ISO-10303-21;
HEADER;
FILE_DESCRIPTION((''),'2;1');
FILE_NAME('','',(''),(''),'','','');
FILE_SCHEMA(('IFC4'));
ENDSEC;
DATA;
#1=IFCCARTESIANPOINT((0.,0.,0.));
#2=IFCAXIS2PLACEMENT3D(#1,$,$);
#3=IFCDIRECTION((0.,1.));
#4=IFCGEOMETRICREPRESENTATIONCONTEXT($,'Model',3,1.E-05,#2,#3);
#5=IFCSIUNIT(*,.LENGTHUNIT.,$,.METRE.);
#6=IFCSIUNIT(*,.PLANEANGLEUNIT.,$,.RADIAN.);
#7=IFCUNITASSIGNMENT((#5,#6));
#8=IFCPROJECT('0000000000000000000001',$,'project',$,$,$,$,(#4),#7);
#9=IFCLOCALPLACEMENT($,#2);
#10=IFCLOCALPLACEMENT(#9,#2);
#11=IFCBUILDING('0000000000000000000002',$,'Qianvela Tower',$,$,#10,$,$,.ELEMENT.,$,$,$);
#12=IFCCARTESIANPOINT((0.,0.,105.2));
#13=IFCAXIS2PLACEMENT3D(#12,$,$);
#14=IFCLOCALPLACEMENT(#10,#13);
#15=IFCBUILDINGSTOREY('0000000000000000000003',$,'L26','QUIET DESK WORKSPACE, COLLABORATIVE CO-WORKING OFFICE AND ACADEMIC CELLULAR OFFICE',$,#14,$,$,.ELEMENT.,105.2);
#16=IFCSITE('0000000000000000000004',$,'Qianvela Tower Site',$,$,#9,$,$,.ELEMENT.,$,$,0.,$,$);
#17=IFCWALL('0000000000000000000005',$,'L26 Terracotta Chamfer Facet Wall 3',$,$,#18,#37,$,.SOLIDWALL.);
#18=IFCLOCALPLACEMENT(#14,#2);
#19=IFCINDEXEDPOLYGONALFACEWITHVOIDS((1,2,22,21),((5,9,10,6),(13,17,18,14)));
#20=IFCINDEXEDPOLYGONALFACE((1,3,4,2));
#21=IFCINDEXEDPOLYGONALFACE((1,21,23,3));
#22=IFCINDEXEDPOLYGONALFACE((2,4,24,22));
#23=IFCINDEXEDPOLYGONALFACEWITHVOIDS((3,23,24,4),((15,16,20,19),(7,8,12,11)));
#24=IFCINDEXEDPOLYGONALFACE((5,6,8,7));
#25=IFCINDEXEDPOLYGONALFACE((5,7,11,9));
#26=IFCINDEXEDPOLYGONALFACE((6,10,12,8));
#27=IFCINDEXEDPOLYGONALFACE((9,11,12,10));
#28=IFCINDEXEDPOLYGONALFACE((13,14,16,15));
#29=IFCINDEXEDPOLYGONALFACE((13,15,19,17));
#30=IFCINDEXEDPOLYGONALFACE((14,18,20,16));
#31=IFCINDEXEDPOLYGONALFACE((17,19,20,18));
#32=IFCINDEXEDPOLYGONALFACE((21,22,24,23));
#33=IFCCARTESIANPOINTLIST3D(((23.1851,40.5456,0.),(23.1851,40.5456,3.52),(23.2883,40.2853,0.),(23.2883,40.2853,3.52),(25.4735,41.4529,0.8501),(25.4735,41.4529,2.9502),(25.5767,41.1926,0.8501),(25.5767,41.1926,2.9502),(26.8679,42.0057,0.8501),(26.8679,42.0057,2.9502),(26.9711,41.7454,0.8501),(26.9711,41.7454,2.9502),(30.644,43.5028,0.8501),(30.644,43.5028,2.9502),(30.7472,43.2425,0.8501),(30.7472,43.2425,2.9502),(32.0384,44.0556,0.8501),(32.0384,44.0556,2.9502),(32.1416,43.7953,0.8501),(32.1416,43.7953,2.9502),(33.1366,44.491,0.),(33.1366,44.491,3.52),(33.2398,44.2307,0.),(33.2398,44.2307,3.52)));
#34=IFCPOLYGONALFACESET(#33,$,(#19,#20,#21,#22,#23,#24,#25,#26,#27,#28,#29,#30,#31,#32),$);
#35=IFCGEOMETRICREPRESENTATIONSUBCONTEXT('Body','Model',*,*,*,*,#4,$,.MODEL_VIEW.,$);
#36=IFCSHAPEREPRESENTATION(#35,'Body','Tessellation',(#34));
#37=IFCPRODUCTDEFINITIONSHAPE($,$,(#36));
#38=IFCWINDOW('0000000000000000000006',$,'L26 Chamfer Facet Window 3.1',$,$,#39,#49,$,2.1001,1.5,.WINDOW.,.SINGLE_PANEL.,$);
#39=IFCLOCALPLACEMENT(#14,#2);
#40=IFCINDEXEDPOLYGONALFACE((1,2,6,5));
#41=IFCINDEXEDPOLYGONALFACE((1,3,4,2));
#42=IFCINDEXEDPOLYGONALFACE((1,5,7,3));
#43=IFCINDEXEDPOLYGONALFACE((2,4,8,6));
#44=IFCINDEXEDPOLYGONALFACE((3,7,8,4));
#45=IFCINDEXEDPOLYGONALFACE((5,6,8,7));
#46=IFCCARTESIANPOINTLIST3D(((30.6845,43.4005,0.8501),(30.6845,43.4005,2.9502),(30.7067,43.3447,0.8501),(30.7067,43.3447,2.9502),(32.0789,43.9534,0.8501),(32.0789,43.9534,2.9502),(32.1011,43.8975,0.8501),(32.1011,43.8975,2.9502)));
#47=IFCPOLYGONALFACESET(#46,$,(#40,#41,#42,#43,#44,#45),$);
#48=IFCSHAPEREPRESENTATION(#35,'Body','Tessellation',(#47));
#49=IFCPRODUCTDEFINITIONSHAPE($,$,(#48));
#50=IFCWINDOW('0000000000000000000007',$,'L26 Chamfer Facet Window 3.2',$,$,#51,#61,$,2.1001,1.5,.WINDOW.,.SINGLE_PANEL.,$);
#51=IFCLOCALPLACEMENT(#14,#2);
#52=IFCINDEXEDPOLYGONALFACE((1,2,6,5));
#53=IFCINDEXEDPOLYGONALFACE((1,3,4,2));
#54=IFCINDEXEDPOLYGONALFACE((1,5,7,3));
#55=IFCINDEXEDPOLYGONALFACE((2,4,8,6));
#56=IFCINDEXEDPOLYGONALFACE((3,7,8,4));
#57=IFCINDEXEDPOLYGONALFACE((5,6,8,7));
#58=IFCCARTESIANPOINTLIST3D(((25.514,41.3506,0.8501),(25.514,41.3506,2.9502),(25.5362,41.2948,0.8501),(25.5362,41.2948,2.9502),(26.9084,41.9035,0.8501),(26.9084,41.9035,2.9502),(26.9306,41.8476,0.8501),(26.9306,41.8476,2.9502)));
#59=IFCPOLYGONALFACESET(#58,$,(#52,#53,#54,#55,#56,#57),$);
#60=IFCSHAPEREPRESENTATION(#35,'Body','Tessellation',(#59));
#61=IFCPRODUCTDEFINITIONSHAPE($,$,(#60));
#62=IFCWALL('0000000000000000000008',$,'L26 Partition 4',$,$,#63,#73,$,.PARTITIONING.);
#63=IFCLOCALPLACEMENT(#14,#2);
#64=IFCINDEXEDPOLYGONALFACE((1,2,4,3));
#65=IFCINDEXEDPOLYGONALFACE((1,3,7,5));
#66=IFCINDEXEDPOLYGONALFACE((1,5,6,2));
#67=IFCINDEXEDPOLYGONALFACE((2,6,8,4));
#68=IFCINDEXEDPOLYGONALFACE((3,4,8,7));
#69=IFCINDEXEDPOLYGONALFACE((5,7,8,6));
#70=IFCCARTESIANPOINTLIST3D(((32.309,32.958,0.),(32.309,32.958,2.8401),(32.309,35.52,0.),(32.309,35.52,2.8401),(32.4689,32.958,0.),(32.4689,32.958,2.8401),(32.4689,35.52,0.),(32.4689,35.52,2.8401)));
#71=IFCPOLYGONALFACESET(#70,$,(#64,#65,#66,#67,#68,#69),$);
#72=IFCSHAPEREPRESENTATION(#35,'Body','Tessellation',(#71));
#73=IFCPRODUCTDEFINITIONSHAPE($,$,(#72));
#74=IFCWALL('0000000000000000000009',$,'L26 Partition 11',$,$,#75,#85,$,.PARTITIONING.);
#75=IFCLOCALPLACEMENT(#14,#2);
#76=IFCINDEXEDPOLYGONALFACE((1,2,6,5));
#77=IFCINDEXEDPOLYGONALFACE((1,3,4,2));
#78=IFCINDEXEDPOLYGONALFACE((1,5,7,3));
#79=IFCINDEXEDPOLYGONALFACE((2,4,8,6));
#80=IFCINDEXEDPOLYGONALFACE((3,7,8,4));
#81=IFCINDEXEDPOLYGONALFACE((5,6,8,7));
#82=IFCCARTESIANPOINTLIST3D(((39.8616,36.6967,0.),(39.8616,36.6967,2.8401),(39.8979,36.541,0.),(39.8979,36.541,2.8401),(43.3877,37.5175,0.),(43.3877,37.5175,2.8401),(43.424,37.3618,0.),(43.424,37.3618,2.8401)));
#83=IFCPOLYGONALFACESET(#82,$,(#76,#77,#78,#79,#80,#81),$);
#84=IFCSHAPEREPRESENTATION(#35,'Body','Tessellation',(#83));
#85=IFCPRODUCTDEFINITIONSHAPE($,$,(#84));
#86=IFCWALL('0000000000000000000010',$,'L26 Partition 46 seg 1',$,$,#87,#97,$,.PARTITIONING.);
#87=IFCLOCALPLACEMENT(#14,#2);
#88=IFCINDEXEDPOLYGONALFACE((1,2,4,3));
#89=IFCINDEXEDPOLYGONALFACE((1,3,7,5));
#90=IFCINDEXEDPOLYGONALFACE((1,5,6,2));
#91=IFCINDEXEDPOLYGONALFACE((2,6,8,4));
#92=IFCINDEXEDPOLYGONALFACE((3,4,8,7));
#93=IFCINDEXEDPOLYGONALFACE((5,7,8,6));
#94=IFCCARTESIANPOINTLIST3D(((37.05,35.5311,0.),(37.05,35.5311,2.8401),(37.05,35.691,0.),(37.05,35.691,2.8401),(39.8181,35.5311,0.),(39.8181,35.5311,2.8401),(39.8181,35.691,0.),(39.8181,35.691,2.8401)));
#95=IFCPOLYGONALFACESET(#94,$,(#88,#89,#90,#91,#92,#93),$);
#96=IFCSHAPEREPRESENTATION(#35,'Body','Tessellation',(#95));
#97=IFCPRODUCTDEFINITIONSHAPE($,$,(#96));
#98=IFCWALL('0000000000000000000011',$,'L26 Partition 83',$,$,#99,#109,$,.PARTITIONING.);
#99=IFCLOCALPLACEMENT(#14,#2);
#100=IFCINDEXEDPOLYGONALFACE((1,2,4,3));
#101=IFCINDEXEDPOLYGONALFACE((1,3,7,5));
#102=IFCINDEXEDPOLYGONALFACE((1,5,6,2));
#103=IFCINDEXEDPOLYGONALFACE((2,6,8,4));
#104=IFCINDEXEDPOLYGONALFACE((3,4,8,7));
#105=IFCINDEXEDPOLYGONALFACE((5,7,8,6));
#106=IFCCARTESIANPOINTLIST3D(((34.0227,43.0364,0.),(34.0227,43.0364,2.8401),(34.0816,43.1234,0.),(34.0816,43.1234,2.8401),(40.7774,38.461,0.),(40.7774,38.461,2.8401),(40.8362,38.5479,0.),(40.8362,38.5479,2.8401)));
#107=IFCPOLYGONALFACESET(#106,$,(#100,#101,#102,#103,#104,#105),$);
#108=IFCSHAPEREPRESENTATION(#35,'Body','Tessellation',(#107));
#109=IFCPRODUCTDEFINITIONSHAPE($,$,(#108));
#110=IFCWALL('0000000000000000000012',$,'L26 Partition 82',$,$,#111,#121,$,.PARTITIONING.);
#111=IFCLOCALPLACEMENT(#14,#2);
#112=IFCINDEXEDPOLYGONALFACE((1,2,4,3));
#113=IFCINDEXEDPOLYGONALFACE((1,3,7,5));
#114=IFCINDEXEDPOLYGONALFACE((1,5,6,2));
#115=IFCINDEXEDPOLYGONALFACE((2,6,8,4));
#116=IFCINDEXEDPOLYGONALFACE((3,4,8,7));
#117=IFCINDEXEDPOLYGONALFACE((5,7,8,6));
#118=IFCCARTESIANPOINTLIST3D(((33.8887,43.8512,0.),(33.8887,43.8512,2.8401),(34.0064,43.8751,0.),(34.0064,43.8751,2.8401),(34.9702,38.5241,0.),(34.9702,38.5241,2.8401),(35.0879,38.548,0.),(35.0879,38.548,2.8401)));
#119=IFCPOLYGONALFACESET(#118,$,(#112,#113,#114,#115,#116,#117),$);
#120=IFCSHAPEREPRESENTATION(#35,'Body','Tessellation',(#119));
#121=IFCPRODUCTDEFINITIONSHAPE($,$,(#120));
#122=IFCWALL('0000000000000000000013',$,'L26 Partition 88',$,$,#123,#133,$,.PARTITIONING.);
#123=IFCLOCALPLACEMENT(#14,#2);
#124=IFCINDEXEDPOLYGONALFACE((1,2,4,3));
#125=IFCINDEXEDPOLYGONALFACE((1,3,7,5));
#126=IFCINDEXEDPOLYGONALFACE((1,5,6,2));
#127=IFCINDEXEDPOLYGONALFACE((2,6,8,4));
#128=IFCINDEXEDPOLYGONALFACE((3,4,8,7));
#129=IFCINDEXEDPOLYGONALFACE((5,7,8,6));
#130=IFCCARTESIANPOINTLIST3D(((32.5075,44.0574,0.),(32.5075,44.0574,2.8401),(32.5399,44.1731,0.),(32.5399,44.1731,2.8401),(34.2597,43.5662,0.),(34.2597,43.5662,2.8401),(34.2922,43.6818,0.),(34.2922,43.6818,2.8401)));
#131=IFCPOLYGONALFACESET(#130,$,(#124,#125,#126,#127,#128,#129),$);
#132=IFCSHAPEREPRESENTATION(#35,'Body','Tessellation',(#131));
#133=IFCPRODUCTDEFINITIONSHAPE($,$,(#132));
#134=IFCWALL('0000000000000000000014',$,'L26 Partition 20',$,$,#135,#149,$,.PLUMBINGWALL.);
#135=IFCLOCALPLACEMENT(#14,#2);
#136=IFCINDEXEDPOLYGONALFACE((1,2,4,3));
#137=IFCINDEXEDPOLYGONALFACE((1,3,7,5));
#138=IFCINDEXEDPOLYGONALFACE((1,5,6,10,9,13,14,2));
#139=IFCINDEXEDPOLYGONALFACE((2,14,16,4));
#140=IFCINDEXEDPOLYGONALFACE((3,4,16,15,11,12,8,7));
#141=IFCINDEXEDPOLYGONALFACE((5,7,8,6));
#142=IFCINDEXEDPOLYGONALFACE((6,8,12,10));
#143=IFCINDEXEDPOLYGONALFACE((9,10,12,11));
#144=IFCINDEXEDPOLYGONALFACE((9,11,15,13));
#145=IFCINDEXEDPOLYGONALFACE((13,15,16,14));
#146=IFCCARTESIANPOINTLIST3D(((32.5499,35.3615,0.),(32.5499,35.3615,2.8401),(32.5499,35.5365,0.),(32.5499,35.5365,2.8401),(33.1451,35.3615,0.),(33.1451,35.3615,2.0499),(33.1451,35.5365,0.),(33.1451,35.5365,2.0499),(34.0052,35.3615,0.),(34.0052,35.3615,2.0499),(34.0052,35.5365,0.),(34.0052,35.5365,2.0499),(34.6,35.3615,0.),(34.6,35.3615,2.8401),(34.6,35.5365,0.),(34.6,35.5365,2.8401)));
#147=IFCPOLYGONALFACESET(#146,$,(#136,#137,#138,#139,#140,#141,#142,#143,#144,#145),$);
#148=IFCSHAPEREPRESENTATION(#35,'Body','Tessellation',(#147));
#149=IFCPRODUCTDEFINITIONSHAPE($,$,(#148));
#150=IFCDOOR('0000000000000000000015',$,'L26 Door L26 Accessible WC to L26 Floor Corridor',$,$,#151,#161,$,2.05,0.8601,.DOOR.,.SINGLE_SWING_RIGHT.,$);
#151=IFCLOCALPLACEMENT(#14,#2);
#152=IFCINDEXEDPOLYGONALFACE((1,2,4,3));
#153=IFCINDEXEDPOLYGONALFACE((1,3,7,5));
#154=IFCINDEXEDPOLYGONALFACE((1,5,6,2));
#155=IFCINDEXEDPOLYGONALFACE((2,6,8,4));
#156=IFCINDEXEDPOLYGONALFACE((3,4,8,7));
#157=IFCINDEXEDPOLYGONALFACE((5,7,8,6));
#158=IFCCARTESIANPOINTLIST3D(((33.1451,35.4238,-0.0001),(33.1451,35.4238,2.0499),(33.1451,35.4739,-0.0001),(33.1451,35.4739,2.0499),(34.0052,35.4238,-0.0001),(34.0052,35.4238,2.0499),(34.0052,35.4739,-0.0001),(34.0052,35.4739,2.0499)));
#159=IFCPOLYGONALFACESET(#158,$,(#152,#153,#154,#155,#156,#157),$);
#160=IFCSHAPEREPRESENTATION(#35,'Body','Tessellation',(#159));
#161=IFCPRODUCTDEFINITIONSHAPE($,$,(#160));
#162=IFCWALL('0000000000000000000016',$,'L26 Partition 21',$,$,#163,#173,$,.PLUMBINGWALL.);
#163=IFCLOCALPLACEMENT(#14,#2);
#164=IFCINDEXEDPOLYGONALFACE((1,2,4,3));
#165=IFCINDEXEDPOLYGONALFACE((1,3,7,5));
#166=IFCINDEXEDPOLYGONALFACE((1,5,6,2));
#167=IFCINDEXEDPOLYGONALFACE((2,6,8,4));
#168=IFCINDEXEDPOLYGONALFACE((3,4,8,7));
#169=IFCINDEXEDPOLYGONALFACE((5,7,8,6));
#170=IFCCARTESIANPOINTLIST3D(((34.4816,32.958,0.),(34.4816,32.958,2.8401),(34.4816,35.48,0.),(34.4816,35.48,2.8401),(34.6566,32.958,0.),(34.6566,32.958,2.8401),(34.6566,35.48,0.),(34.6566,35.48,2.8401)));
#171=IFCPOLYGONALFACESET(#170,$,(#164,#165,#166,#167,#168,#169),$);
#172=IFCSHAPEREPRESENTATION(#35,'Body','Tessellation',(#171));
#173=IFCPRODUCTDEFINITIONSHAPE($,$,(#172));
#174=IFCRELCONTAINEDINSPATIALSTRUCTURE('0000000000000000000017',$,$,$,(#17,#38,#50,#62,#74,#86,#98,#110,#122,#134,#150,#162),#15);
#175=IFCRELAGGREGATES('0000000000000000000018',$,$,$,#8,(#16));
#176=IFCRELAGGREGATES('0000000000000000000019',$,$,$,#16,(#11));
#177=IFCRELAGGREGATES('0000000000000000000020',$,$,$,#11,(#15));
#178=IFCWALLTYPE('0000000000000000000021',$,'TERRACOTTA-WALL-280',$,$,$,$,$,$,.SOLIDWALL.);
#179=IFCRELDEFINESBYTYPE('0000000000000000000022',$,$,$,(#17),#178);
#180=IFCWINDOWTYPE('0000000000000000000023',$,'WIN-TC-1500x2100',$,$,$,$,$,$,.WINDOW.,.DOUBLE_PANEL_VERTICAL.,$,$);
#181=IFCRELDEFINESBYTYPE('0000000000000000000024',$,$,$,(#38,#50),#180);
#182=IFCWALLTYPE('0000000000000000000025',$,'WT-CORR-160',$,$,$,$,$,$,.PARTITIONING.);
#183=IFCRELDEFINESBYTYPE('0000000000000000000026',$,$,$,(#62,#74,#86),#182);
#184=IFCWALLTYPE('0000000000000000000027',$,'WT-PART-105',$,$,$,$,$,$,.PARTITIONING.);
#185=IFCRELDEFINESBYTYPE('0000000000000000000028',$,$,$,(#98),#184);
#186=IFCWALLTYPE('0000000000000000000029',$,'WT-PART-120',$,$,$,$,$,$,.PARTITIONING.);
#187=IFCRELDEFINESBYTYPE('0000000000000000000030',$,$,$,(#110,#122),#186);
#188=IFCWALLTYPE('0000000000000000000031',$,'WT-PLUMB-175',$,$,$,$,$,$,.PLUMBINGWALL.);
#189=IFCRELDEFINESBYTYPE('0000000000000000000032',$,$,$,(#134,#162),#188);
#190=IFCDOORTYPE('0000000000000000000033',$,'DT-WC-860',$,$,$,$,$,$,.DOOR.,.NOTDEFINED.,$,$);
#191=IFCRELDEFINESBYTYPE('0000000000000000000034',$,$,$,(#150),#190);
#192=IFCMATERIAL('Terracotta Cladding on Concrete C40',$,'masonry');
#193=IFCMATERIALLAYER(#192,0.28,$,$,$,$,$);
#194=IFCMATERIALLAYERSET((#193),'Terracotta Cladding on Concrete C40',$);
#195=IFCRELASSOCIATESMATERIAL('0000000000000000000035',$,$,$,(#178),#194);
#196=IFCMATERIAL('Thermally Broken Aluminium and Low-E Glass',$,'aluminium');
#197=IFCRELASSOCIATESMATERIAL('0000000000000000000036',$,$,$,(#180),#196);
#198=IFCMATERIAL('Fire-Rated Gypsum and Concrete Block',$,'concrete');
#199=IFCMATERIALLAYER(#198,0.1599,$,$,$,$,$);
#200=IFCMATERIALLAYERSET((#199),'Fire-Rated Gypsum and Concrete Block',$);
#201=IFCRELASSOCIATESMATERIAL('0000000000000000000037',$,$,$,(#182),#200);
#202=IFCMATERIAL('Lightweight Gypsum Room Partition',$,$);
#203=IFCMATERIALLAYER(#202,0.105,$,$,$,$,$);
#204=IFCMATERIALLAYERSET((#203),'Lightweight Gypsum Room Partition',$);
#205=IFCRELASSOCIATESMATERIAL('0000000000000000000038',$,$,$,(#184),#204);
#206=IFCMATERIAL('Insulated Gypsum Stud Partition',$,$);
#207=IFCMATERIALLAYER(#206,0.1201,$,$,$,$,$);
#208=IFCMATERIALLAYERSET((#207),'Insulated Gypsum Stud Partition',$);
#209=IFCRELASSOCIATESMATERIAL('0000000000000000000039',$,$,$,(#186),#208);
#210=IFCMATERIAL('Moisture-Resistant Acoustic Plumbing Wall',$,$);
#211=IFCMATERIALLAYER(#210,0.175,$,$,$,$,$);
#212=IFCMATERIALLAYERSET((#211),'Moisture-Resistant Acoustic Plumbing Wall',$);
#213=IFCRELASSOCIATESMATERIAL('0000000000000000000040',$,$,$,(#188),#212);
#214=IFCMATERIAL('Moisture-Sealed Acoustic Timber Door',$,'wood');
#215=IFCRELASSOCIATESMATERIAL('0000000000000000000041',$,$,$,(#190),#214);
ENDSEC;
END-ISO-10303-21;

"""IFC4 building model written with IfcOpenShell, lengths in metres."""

from ifc_helpers import new_model, si_unit, direction, frame, frame_2d, origin, place, context, subcontext, project, spatial, rectangle, extrude, material, layer, layer_set, type_object, element, fill, save


model = new_model("IFC4")

# Units and contexts
model_context = context("Model", 3, precision=1e-05, world=origin(), true_north=direction((0.0, 1.0)))
body_context = subcontext(model_context, "Body", "Model", "MODEL_VIEW")
ifc_project = project(units=[si_unit("LENGTHUNIT", "METRE"), si_unit("PLANEANGLEUNIT", "RADIAN")], contexts=[model_context])

# Site, building, storey
site_placement = place(None, origin())
site = spatial("IfcSite", under=ifc_project, at=site_placement, Name="Qianvela Tower Site", CompositionType="ELEMENT", RefElevation=0.0)
building_placement = place(site_placement, origin())
building = spatial("IfcBuilding", under=site, at=building_placement, Name="Qianvela Tower", CompositionType="ELEMENT")
storey_placement = place(building_placement, frame((0.0, 0.0, 105.2)))
storey = spatial("IfcBuildingStorey", under=building, at=storey_placement, Name="L26", Description="QUIET DESK WORKSPACE, COLLABORATIVE CO-WORKING OFFICE AND ACADEMIC CELLULAR OFFICE", CompositionType="ELEMENT", Elevation=105.2)

# Wall, openings, windows
ifc_material_1 = material(Name="Terracotta Cladding on Concrete C40", Category="masonry")
ifc_layer_1 = layer(ifc_material_1, 0.28)
ifc_layer_set_1 = layer_set([ifc_layer_1], Name="Terracotta Cladding on Concrete C40")
wall_type_1 = type_object("IfcWallType", Name="TERRACOTTA-WALL-280", PredefinedType="SOLIDWALL", material=ifc_layer_set_1)
wall_1_placement = place(storey_placement, frame((33.1882, 44.3608, 0.0), z_axis=(0.0, 0.0, 1.0), x_axis=(-0.929608, -0.36855, 0.0)))
wall_1 = element("IfcWall", 1, at=wall_1_placement, inside=storey, type_object=wall_type_1, Name="L26 Terracotta Chamfer Facet Wall 3", PredefinedType="SOLIDWALL", context=body_context, shape_type="SweptSolid", body=[
    extrude(rectangle(XDim=10.7051, YDim=0.28, at=frame_2d((5.3525, 0.0))), origin(), (0.0, 0.0, 1.0), 3.52),
])
opening_1_placement = place(wall_1_placement, frame((1.1814, 0.0, 0.8501)))
opening_1 = element("IfcOpeningElement", 2, at=opening_1_placement, cuts=wall_1, PredefinedType="OPENING", context=body_context, shape_type="SweptSolid", body=[
    extrude(rectangle(XDim=1.5, YDim=2.1001, at=frame_2d((0.75, 1.05))), frame((0.0, 0.1499, 0.0), z_axis=(0.0, -1.0, 0.0), x_axis=(1.0, 0.0, 0.0)), (0.0, 0.0, 1.0), 0.3),
])
opening_2_placement = place(wall_1_placement, frame((6.7434, 0.0, 0.8501)))
opening_2 = element("IfcOpeningElement", 3, at=opening_2_placement, cuts=wall_1, PredefinedType="OPENING", context=body_context, shape_type="SweptSolid", body=[
    extrude(rectangle(XDim=1.5, YDim=2.1001, at=frame_2d((0.75, 1.05))), frame((0.0, 0.1499, 0.0), z_axis=(0.0, -1.0, 0.0), x_axis=(1.0, 0.0, 0.0)), (0.0, 0.0, 1.0), 0.3),
])
ifc_material_2 = material(Name="Thermally Broken Aluminium and Low-E Glass", Category="aluminium")
window_type = type_object("IfcWindowType", Name="WIN-TC-1500x2100", PartitioningType="DOUBLE_PANEL_VERTICAL", PredefinedType="WINDOW", material=ifc_material_2)
window_1_placement = place(opening_1_placement, origin())
window_1 = element("IfcWindow", 4, at=window_1_placement, inside=storey, type_object=window_type, Name="L26 Chamfer Facet Window 3.1", OverallHeight=2.1001, OverallWidth=1.5, PartitioningType="SINGLE_PANEL", PredefinedType="WINDOW", context=body_context, shape_type="SweptSolid", body=[
    extrude(rectangle(XDim=1.5, YDim=2.1001, at=frame_2d((0.75, 1.05))), frame((0.0, 0.03, 0.0), z_axis=(0.0, -1.0, 0.0), x_axis=(1.0, 0.0, 0.0)), (0.0, 0.0, 1.0), 0.0601),
])
fill(opening_1, window_1)
window_2_placement = place(opening_2_placement, origin())
window_2 = element("IfcWindow", 5, at=window_2_placement, inside=storey, type_object=window_type, Name="L26 Chamfer Facet Window 3.2", OverallHeight=2.1001, OverallWidth=1.5, PartitioningType="SINGLE_PANEL", PredefinedType="WINDOW", context=body_context, shape_type="SweptSolid", body=[
    extrude(rectangle(XDim=1.5, YDim=2.1001, at=frame_2d((0.75, 1.05))), frame((0.0, 0.03, 0.0), z_axis=(0.0, -1.0, 0.0), x_axis=(1.0, 0.0, 0.0)), (0.0, 0.0, 1.0), 0.0601),
])
fill(opening_2, window_2)

# Walls
ifc_material_3 = material(Name="Fire-Rated Gypsum and Concrete Block", Category="concrete")
ifc_layer_2 = layer(ifc_material_3, 0.1599)
ifc_layer_set_2 = layer_set([ifc_layer_2], Name="Fire-Rated Gypsum and Concrete Block")
wall_type_2 = type_object("IfcWallType", Name="WT-CORR-160", PredefinedType="PARTITIONING", material=ifc_layer_set_2)
wall_2_placement = place(storey_placement, frame((32.3889, 35.52, 0.0), z_axis=(0.0, 0.0, 1.0), x_axis=(0.0, -1.0, 0.0)))
element("IfcWall", 6, at=wall_2_placement, inside=storey, type_object=wall_type_2, Name="L26 Partition 4", PredefinedType="PARTITIONING", context=body_context, shape_type="SweptSolid", body=[
    extrude(rectangle(XDim=2.562, YDim=0.1599, at=frame_2d((1.281, 0.0))), origin(), (0.0, 0.0, 1.0), 2.8401),
])
wall_3_placement = place(storey_placement, frame((39.8799, 36.6189, 0.0), z_axis=(0.0, 0.0, 1.0), x_axis=(0.973961, 0.226716, 0.0)))
element("IfcWall", 7, at=wall_3_placement, inside=storey, type_object=wall_type_2, Name="L26 Partition 11", PredefinedType="PARTITIONING", context=body_context, shape_type="SweptSolid", body=[
    extrude(rectangle(XDim=3.6204, YDim=0.1599, at=frame_2d((1.8101, 0.0))), origin(), (0.0, 0.0, 1.0), 2.8401),
])
wall_4_placement = place(storey_placement, frame((39.8181, 35.6111, 0.0), z_axis=(0.0, 0.0, 1.0), x_axis=(-1.0, 0.0, 0.0)))
element("IfcWall", 8, at=wall_4_placement, inside=storey, type_object=wall_type_2, Name="L26 Partition 46 seg 1", PredefinedType="PARTITIONING", context=body_context, shape_type="SweptSolid", body=[
    extrude(rectangle(XDim=2.7681, YDim=0.1599, at=frame_2d((1.384, 0.0))), origin(), (0.0, 0.0, 1.0), 2.8401),
])
ifc_material_4 = material(Name="Lightweight Gypsum Room Partition")
ifc_layer_3 = layer(ifc_material_4, 0.105)
ifc_layer_set_3 = layer_set([ifc_layer_3], Name="Lightweight Gypsum Room Partition")
wall_type_3 = type_object("IfcWallType", Name="WT-PART-105", PredefinedType="PARTITIONING", material=ifc_layer_set_3)
wall_5_placement = place(storey_placement, frame((34.0522, 43.0798, 0.0), z_axis=(0.0, 0.0, 1.0), x_axis=(0.827935, -0.560824, 0.0)))
element("IfcWall", 9, at=wall_5_placement, inside=storey, type_object=wall_type_3, Name="L26 Partition 83", PredefinedType="PARTITIONING", context=body_context, shape_type="SweptSolid", body=[
    extrude(rectangle(XDim=8.1584, YDim=0.105, at=frame_2d((4.0791, 0.0))), origin(), (0.0, 0.0, 1.0), 2.8401),
])
ifc_material_5 = material(Name="Insulated Gypsum Stud Partition")
ifc_layer_4 = layer(ifc_material_5, 0.1201)
ifc_layer_set_4 = layer_set([ifc_layer_4], Name="Insulated Gypsum Stud Partition")
wall_type_4 = type_object("IfcWallType", Name="WT-PART-120", PredefinedType="PARTITIONING", material=ifc_layer_set_4)
wall_6_placement = place(storey_placement, frame((35.0291, 38.5361, 0.0), z_axis=(0.0, 0.0, 1.0), x_axis=(-0.198966, 0.980006, 0.0)))
element("IfcWall", 10, at=wall_6_placement, inside=storey, type_object=wall_type_4, Name="L26 Partition 82", PredefinedType="PARTITIONING", context=body_context, shape_type="SweptSolid", body=[
    extrude(rectangle(XDim=5.4358, YDim=0.1201, at=frame_2d((2.7178, 0.0))), origin(), (0.0, 0.0, 1.0), 2.8401),
])
wall_7_placement = place(storey_placement, frame((32.5237, 44.1152, 0.0), z_axis=(0.0, 0.0, 1.0), x_axis=(0.962879, -0.269933, 0.0)))
element("IfcWall", 11, at=wall_7_placement, inside=storey, type_object=wall_type_4, Name="L26 Partition 88", PredefinedType="PARTITIONING", context=body_context, shape_type="SweptSolid", body=[
    extrude(rectangle(XDim=1.8198, YDim=0.1201, at=frame_2d((0.9099, 0.0))), origin(), (0.0, 0.0, 1.0), 2.8401),
])

# Wall, opening, door
ifc_material_6 = material(Name="Moisture-Resistant Acoustic Plumbing Wall")
ifc_layer_5 = layer(ifc_material_6, 0.175)
ifc_layer_set_5 = layer_set([ifc_layer_5], Name="Moisture-Resistant Acoustic Plumbing Wall")
wall_type_5 = type_object("IfcWallType", Name="WT-PLUMB-175", PredefinedType="PLUMBINGWALL", material=ifc_layer_set_5)
wall_8_placement = place(storey_placement, frame((32.55, 35.449, 0.0), z_axis=(0.0, 0.0, 1.0), x_axis=(1.0, 0.0, 0.0)))
wall_8 = element("IfcWall", 12, at=wall_8_placement, inside=storey, type_object=wall_type_5, Name="L26 Partition 20", PredefinedType="PLUMBINGWALL", context=body_context, shape_type="SweptSolid", body=[
    extrude(rectangle(XDim=2.05, YDim=0.175, at=frame_2d((1.0249, 0.0))), origin(), (0.0, 0.0, 1.0), 2.8401),
])
opening_3_placement = place(wall_8_placement, frame((0.595, 0.0, 0.0)))
opening_3 = element("IfcOpeningElement", 13, at=opening_3_placement, cuts=wall_8, PredefinedType="OPENING", context=body_context, shape_type="SweptSolid", body=[
    extrude(rectangle(XDim=0.8601, YDim=2.05, at=frame_2d((0.4302, 1.0249))), frame((0.0, 0.0974, 0.0), z_axis=(0.0, -1.0, 0.0), x_axis=(1.0, 0.0, 0.0)), (0.0, 0.0, 1.0), 0.1951),
])
ifc_material_7 = material(Name="Moisture-Sealed Acoustic Timber Door", Category="wood")
door_type_1 = type_object("IfcDoorType", Name="DT-WC-860", OperationType="NOTDEFINED", PredefinedType="DOOR", material=ifc_material_7)
door_1_placement = place(opening_3_placement, origin())
door_1 = element("IfcDoor", 14, at=door_1_placement, inside=storey, type_object=door_type_1, Name="L26 Door L26 Accessible WC to L26 Floor Corridor", OperationType="SINGLE_SWING_RIGHT", OverallHeight=2.05, OverallWidth=0.8601, PredefinedType="DOOR", context=body_context, shape_type="SweptSolid", body=[
    extrude(rectangle(XDim=0.8601, YDim=2.05, at=frame_2d((0.4302, 1.0249))), frame((0.0, 0.0249, 0.0), z_axis=(0.0, -1.0, 0.0), x_axis=(1.0, 0.0, 0.0)), (0.0, 0.0, 1.0), 0.05),
])
fill(opening_3, door_1)

# Wall
wall_9_placement = place(storey_placement, frame((34.5691, 35.48, 0.0), z_axis=(0.0, 0.0, 1.0), x_axis=(0.0, -1.0, 0.0)))
element("IfcWall", 15, at=wall_9_placement, inside=storey, type_object=wall_type_5, Name="L26 Partition 21", PredefinedType="PLUMBINGWALL", context=body_context, shape_type="SweptSolid", body=[
    extrude(rectangle(XDim=2.522, YDim=0.175, at=frame_2d((1.261, 0.0))), origin(), (0.0, 0.0, 1.0), 2.8401),
])

save(model, "model.ifc")
